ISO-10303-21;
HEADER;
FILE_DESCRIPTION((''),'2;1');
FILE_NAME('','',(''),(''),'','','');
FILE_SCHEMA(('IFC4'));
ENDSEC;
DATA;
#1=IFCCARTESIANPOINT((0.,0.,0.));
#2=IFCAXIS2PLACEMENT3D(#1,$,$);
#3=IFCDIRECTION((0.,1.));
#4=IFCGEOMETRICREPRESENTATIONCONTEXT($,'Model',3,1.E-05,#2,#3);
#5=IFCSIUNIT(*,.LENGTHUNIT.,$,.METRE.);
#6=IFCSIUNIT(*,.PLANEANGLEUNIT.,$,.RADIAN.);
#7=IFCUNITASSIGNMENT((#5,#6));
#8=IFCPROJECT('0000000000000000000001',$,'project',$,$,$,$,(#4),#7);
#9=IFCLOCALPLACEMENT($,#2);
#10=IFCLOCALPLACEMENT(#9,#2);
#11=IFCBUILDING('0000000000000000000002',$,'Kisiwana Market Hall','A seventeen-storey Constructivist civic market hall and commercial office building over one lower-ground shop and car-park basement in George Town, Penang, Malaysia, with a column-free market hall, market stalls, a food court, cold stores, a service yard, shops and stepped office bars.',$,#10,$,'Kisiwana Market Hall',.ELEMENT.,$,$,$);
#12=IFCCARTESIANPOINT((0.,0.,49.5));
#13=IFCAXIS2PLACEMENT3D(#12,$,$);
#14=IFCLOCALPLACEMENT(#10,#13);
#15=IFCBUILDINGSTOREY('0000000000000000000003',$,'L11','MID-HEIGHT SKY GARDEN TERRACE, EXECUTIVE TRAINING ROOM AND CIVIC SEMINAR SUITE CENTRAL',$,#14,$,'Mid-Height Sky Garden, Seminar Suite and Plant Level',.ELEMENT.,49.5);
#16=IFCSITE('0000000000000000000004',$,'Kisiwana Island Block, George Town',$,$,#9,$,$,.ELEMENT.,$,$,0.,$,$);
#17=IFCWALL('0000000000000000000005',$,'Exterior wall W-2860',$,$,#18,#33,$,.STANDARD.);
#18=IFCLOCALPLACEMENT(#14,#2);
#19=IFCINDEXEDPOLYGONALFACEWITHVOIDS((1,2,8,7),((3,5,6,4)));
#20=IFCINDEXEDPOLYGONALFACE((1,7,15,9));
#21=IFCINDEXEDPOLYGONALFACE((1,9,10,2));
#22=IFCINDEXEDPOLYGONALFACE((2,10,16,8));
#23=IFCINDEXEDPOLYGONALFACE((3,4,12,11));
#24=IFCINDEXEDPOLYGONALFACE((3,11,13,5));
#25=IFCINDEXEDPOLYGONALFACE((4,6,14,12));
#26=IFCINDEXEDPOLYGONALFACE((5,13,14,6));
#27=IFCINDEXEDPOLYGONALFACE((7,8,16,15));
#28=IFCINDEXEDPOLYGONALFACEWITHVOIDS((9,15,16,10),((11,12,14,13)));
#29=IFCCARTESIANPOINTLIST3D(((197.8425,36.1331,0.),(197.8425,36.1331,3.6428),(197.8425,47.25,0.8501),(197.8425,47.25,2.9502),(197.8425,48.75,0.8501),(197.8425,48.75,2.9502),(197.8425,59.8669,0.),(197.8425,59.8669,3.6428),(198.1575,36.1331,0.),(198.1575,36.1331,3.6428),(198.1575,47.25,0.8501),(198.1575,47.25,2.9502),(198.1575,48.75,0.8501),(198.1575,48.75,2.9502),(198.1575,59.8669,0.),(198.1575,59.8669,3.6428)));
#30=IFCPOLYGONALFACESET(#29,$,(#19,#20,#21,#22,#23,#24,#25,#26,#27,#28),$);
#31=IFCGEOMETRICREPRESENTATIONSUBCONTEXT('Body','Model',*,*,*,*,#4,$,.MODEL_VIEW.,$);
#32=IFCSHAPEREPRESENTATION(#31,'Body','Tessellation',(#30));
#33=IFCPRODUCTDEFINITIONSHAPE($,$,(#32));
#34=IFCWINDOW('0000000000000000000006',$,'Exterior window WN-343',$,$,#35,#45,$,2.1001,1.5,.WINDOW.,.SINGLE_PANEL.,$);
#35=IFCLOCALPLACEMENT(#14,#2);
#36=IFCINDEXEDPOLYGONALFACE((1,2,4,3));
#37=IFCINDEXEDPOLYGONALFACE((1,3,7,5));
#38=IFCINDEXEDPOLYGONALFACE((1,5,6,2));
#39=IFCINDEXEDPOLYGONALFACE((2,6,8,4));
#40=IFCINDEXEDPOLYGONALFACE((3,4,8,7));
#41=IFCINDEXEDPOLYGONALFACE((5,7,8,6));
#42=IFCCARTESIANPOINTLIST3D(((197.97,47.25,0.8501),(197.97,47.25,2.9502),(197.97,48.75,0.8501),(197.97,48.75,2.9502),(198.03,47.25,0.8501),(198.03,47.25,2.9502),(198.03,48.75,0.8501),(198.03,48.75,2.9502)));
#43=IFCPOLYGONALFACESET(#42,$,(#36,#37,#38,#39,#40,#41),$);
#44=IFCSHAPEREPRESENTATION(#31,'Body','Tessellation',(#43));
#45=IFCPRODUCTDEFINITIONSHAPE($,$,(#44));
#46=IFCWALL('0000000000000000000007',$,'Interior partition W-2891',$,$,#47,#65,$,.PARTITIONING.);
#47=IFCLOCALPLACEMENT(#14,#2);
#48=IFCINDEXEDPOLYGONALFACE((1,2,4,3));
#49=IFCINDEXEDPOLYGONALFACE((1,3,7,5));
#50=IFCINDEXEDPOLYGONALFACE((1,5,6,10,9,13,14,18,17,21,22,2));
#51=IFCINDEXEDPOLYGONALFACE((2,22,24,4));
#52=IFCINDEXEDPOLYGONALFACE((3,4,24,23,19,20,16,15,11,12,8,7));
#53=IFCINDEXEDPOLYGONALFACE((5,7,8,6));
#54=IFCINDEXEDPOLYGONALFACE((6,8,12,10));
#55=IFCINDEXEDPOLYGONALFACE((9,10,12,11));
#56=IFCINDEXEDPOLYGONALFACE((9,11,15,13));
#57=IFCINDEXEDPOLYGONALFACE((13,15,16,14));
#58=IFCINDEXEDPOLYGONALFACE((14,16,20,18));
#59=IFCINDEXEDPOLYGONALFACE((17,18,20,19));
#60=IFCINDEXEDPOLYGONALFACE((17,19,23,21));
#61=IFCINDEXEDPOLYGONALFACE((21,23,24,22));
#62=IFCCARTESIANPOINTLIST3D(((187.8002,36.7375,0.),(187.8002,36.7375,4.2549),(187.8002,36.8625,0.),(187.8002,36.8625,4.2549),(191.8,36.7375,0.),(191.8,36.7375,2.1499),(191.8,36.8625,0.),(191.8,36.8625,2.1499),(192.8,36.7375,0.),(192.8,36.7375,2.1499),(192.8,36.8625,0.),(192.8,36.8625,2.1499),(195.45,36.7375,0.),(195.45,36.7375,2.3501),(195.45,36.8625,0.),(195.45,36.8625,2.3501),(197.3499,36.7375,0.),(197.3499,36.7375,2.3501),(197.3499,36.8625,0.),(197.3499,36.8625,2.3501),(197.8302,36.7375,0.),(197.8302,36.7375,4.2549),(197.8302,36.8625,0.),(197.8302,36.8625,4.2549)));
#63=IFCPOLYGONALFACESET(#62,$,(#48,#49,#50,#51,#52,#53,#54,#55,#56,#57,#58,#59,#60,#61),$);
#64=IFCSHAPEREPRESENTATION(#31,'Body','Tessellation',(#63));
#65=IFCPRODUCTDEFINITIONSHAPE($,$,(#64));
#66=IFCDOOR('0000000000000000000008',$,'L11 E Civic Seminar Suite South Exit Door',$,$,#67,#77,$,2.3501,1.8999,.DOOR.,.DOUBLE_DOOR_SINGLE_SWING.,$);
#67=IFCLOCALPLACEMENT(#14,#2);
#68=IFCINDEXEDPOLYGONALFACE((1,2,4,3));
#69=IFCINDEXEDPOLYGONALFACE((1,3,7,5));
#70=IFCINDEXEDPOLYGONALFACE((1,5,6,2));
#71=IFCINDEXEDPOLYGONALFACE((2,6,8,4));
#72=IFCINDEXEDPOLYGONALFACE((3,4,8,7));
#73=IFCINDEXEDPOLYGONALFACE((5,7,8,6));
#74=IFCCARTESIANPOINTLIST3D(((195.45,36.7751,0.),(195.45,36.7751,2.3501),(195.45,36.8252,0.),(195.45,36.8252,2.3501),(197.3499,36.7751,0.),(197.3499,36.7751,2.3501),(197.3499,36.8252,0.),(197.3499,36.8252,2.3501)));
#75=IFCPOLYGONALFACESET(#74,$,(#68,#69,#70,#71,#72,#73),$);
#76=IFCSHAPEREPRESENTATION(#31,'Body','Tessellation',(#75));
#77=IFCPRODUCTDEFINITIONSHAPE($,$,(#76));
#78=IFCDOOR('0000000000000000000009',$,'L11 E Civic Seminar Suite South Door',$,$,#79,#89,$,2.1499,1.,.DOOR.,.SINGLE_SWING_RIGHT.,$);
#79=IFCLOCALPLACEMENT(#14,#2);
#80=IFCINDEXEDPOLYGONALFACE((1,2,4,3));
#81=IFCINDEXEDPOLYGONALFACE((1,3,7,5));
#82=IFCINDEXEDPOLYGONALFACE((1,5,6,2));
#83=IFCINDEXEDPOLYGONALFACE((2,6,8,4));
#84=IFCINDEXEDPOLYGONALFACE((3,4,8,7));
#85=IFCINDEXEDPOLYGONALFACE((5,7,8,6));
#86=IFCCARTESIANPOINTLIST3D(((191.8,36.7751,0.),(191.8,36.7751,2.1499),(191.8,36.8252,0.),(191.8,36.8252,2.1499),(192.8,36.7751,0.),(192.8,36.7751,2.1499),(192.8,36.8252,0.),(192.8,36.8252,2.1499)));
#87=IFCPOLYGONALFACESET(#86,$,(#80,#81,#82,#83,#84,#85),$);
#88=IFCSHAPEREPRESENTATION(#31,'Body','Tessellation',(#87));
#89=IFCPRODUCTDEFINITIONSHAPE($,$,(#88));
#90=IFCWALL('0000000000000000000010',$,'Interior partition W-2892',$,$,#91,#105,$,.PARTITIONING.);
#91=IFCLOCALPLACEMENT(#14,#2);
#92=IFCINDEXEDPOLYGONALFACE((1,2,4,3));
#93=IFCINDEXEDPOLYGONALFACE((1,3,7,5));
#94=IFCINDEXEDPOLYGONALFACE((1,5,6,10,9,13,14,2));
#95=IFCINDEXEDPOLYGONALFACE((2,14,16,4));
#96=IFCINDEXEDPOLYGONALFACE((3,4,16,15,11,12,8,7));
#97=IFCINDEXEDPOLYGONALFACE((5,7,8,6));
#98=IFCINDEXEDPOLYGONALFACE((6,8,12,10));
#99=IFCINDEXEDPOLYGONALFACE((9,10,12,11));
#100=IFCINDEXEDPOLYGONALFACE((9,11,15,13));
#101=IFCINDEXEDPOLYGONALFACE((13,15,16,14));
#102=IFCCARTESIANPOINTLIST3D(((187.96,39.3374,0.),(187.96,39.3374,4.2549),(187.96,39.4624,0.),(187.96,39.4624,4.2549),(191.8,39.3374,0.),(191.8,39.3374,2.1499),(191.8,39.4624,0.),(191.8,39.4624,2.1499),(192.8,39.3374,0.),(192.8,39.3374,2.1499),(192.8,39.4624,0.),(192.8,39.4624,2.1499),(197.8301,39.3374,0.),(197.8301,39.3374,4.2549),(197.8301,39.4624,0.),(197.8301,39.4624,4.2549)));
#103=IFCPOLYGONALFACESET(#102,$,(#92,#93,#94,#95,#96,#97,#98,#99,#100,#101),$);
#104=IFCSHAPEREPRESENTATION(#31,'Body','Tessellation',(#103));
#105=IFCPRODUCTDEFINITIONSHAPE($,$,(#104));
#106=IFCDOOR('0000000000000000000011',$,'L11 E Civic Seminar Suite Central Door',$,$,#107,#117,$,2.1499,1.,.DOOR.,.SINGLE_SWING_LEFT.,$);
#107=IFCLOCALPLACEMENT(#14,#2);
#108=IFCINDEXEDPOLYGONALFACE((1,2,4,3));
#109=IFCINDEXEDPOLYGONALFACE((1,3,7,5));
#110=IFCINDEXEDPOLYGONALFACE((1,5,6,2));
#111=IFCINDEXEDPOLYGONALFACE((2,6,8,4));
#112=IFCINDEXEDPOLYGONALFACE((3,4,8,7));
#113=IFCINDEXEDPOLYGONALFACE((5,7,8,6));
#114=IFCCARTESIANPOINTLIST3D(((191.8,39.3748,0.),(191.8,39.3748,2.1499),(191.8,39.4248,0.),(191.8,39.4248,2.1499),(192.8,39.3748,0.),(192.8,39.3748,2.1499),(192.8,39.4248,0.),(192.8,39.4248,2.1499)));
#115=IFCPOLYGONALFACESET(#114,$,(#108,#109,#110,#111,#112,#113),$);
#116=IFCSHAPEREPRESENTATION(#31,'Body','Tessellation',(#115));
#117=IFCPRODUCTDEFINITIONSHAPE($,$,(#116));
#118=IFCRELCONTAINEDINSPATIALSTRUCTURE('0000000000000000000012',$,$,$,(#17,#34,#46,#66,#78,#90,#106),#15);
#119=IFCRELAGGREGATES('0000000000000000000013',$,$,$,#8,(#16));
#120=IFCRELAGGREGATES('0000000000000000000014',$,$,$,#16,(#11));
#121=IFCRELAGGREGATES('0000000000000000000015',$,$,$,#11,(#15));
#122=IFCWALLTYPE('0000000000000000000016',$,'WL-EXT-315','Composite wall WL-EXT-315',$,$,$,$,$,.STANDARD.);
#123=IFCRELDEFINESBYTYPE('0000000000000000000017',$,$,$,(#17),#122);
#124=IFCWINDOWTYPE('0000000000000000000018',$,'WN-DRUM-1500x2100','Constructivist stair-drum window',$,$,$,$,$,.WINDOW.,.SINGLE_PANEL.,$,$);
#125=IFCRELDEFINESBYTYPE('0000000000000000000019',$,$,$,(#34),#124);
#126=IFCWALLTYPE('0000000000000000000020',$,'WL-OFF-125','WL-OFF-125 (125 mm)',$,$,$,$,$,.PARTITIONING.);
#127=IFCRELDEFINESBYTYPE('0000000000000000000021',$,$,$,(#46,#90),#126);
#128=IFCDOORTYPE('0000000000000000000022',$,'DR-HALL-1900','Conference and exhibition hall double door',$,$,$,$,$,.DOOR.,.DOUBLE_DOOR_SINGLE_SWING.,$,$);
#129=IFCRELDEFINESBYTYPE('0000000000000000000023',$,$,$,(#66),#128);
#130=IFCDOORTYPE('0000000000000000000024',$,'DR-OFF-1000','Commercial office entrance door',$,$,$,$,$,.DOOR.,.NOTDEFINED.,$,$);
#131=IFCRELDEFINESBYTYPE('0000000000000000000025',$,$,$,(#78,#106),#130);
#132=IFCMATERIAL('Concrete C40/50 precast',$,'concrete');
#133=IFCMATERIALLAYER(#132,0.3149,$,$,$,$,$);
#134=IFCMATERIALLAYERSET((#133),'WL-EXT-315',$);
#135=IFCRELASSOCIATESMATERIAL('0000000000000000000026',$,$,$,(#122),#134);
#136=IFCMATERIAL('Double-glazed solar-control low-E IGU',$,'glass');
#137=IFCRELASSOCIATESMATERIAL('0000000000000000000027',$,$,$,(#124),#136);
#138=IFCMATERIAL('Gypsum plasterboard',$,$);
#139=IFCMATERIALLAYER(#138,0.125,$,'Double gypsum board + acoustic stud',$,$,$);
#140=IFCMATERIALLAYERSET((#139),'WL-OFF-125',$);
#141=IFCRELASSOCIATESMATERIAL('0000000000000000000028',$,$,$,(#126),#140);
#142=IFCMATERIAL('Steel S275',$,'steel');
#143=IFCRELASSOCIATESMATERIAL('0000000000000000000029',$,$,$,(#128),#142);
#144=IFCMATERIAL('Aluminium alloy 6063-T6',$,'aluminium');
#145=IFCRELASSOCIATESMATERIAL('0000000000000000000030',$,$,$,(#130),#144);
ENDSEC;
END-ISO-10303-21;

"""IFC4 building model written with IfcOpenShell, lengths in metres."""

from ifc_helpers import new_model, si_unit, direction, frame, frame_2d, origin, place, context, subcontext, project, spatial, rectangle, extrude, material, layer, layer_set, type_object, element, fill, save


model = new_model("IFC4")

# Units and contexts
model_context = context("Model", 3, precision=1e-05, world=origin(), true_north=direction((0.0, 1.0)))
body_context = subcontext(model_context, "Body", "Model", "MODEL_VIEW")
ifc_project = project(units=[si_unit("LENGTHUNIT", "METRE"), si_unit("PLANEANGLEUNIT", "RADIAN")], contexts=[model_context])

# Site, building, storey
site_placement = place(None, origin())
site = spatial("IfcSite", under=ifc_project, at=site_placement, Name="Kisiwana Island Block, George Town", CompositionType="ELEMENT", RefElevation=0.0)
building_placement = place(site_placement, origin())
building = spatial("IfcBuilding", under=site, at=building_placement, Name="Kisiwana Market Hall", Description="A seventeen-storey Constructivist civic market hall and commercial office building over one lower-ground shop and car-park basement in George Town, Penang, Malaysia, with a column-free market hall, market stalls, a food court, cold stores, a service yard, shops and stepped office bars.", LongName="Kisiwana Market Hall", CompositionType="ELEMENT")
storey_placement = place(building_placement, frame((0.0, 0.0, 49.5)))
storey = spatial("IfcBuildingStorey", under=building, at=storey_placement, Name="L11", Description="MID-HEIGHT SKY GARDEN TERRACE, EXECUTIVE TRAINING ROOM AND CIVIC SEMINAR SUITE CENTRAL", LongName="Mid-Height Sky Garden, Seminar Suite and Plant Level", CompositionType="ELEMENT", Elevation=49.5)

# Wall, opening, window
ifc_material_1 = material(Name="Concrete C40/50 precast", Category="concrete")
ifc_layer_1 = layer(ifc_material_1, 0.3149)
ifc_layer_set_1 = layer_set([ifc_layer_1], Name="WL-EXT-315")
wall_type_1 = type_object("IfcWallType", Name="WL-EXT-315", Description="Composite wall WL-EXT-315", PredefinedType="STANDARD", material=ifc_layer_set_1)
wall_1_placement = place(storey_placement, frame((198.0, 36.1331, 0.0), z_axis=(0.0, 0.0, 1.0), x_axis=(0.0, 1.0, 0.0)))
wall_1 = element("IfcWall", 1, at=wall_1_placement, inside=storey, type_object=wall_type_1, Name="Exterior wall W-2860", PredefinedType="STANDARD", context=body_context, shape_type="SweptSolid", body=[
    extrude(rectangle(XDim=23.7339, YDim=0.3149, at=frame_2d((11.8669, 0.0))), origin(), (0.0, 0.0, 1.0), 3.6428),
])
opening_1_placement = place(wall_1_placement, frame((11.1169, 0.0, 0.8501)))
opening_1 = element("IfcOpeningElement", 2, at=opening_1_placement, cuts=wall_1, PredefinedType="OPENING", context=body_context, shape_type="SweptSolid", body=[
    extrude(rectangle(XDim=1.5, YDim=2.1001, at=frame_2d((0.75, 1.05))), frame((0.0, 0.1694, 0.0), z_axis=(0.0, -1.0, 0.0), x_axis=(1.0, 0.0, 0.0)), (0.0, 0.0, 1.0), 0.3389),
])
ifc_material_2 = material(Name="Double-glazed solar-control low-E IGU", Category="glass")
window_type = type_object("IfcWindowType", Name="WN-DRUM-1500x2100", Description="Constructivist stair-drum window", PartitioningType="SINGLE_PANEL", PredefinedType="WINDOW", material=ifc_material_2)
window_placement = place(opening_1_placement, origin())
window = element("IfcWindow", 3, at=window_placement, inside=storey, type_object=window_type, Name="Exterior window WN-343", OverallHeight=2.1001, OverallWidth=1.5, PartitioningType="SINGLE_PANEL", PredefinedType="WINDOW", context=body_context, shape_type="SweptSolid", body=[
    extrude(rectangle(XDim=1.5, YDim=2.1001, at=frame_2d((0.75, 1.05))), frame((0.0, 0.03, 0.0), z_axis=(0.0, -1.0, 0.0), x_axis=(1.0, 0.0, 0.0)), (0.0, 0.0, 1.0), 0.0601),
])
fill(opening_1, window)

# Wall, openings, doors
ifc_material_3 = material(Name="Gypsum plasterboard")
ifc_layer_2 = layer(ifc_material_3, 0.125, Name="Double gypsum board + acoustic stud")
ifc_layer_set_2 = layer_set([ifc_layer_2], Name="WL-OFF-125")
wall_type_2 = type_object("IfcWallType", Name="WL-OFF-125", Description="WL-OFF-125 (125 mm)", PredefinedType="PARTITIONING", material=ifc_layer_set_2)
wall_2_placement = place(storey_placement, frame((187.8, 36.8, 0.0), z_axis=(0.0, 0.0, 1.0), x_axis=(1.0, 0.0, 0.0)))
wall_2 = element("IfcWall", 4, at=wall_2_placement, inside=storey, type_object=wall_type_2, Name="Interior partition W-2891", PredefinedType="PARTITIONING", context=body_context, shape_type="SweptSolid", body=[
    extrude(rectangle(XDim=10.03, YDim=0.125, at=frame_2d((5.0151, 0.0))), origin(), (0.0, 0.0, 1.0), 4.2549),
])
opening_2_placement = place(wall_2_placement, frame((4.0, 0.0, 0.0)))
opening_2 = element("IfcOpeningElement", 5, at=opening_2_placement, cuts=wall_2, PredefinedType="OPENING", context=body_context, shape_type="SweptSolid", body=[
    extrude(rectangle(XDim=1.0, YDim=2.1499, at=frame_2d((0.5, 1.075))), frame((0.0, 0.0745, 0.0), z_axis=(0.0, -1.0, 0.0), x_axis=(1.0, 0.0, 0.0)), (0.0, 0.0, 1.0), 0.1489),
])
opening_3_placement = place(wall_2_placement, frame((7.6499, 0.0, 0.0)))
opening_3 = element("IfcOpeningElement", 6, at=opening_3_placement, cuts=wall_2, PredefinedType="OPENING", context=body_context, shape_type="SweptSolid", body=[
    extrude(rectangle(XDim=1.8999, YDim=2.3501, at=frame_2d((0.95, 1.175))), frame((0.0, 0.0745, 0.0), z_axis=(0.0, -1.0, 0.0), x_axis=(1.0, 0.0, 0.0)), (0.0, 0.0, 1.0), 0.1489),
])
ifc_material_4 = material(Name="Steel S275", Category="steel")
door_type_1 = type_object("IfcDoorType", Name="DR-HALL-1900", Description="Conference and exhibition hall double door", OperationType="DOUBLE_DOOR_SINGLE_SWING", PredefinedType="DOOR", material=ifc_material_4)
door_1_placement = place(opening_3_placement, frame((1.8999, 0.0, 0.0), z_axis=(0.0, 0.0, 1.0), x_axis=(-1.0, 0.0, 0.0)))
door_1 = element("IfcDoor", 7, at=door_1_placement, inside=storey, type_object=door_type_1, Name="L11 E Civic Seminar Suite South Exit Door", OperationType="DOUBLE_DOOR_SINGLE_SWING", OverallHeight=2.3501, OverallWidth=1.8999, PredefinedType="DOOR", context=body_context, shape_type="SweptSolid", body=[
    extrude(rectangle(XDim=1.8999, YDim=2.3501, at=frame_2d((0.95, 1.175))), frame((0.0, 0.0249, 0.0), z_axis=(0.0, -1.0, 0.0), x_axis=(1.0, 0.0, 0.0)), (0.0, 0.0, 1.0), 0.05),
])
fill(opening_3, door_1)
ifc_material_5 = material(Name="Aluminium alloy 6063-T6", Category="aluminium")
door_type_2 = type_object("IfcDoorType", Name="DR-OFF-1000", Description="Commercial office entrance door", OperationType="NOTDEFINED", PredefinedType="DOOR", material=ifc_material_5)
door_2_placement = place(opening_2_placement, frame((1.0, 0.0, 0.0), z_axis=(0.0, 0.0, 1.0), x_axis=(-1.0, 0.0, 0.0)))
door_2 = element("IfcDoor", 8, at=door_2_placement, inside=storey, type_object=door_type_2, Name="L11 E Civic Seminar Suite South Door", OperationType="SINGLE_SWING_RIGHT", OverallHeight=2.1499, OverallWidth=1.0, PredefinedType="DOOR", context=body_context, shape_type="SweptSolid", body=[
    extrude(rectangle(XDim=1.0, YDim=2.1499, at=frame_2d((0.5, 1.075))), frame((0.0, 0.0249, 0.0), z_axis=(0.0, -1.0, 0.0), x_axis=(1.0, 0.0, 0.0)), (0.0, 0.0, 1.0), 0.05),
])
fill(opening_2, door_2)

# Wall, opening, door
wall_3_placement = place(storey_placement, frame((187.96, 39.3999, 0.0), z_axis=(0.0, 0.0, 1.0), x_axis=(1.0, 0.0, 0.0)))
wall_3 = element("IfcWall", 9, at=wall_3_placement, inside=storey, type_object=wall_type_2, Name="Interior partition W-2892", PredefinedType="PARTITIONING", context=body_context, shape_type="SweptSolid", body=[
    extrude(rectangle(XDim=9.8701, YDim=0.125, at=frame_2d((4.9351, 0.0))), origin(), (0.0, 0.0, 1.0), 4.2549),
])
opening_4_placement = place(wall_3_placement, frame((3.8401, 0.0, 0.0)))
opening_4 = element("IfcOpeningElement", 10, at=opening_4_placement, cuts=wall_3, PredefinedType="OPENING", context=body_context, shape_type="SweptSolid", body=[
    extrude(rectangle(XDim=1.0, YDim=2.1499, at=frame_2d((0.5, 1.075))), frame((0.0, 0.0745, 0.0), z_axis=(0.0, -1.0, 0.0), x_axis=(1.0, 0.0, 0.0)), (0.0, 0.0, 1.0), 0.1489),
])
door_3_placement = place(opening_4_placement, origin())
door_3 = element("IfcDoor", 11, at=door_3_placement, inside=storey, type_object=door_type_2, Name="L11 E Civic Seminar Suite Central Door", OperationType="SINGLE_SWING_LEFT", OverallHeight=2.1499, OverallWidth=1.0, PredefinedType="DOOR", context=body_context, shape_type="SweptSolid", body=[
    extrude(rectangle(XDim=1.0, YDim=2.1499, at=frame_2d((0.5, 1.075))), frame((0.0, 0.0249, 0.0), z_axis=(0.0, -1.0, 0.0), x_axis=(1.0, 0.0, 0.0)), (0.0, 0.0, 1.0), 0.05),
])
fill(opening_4, door_3)

save(model, "model.ifc")
